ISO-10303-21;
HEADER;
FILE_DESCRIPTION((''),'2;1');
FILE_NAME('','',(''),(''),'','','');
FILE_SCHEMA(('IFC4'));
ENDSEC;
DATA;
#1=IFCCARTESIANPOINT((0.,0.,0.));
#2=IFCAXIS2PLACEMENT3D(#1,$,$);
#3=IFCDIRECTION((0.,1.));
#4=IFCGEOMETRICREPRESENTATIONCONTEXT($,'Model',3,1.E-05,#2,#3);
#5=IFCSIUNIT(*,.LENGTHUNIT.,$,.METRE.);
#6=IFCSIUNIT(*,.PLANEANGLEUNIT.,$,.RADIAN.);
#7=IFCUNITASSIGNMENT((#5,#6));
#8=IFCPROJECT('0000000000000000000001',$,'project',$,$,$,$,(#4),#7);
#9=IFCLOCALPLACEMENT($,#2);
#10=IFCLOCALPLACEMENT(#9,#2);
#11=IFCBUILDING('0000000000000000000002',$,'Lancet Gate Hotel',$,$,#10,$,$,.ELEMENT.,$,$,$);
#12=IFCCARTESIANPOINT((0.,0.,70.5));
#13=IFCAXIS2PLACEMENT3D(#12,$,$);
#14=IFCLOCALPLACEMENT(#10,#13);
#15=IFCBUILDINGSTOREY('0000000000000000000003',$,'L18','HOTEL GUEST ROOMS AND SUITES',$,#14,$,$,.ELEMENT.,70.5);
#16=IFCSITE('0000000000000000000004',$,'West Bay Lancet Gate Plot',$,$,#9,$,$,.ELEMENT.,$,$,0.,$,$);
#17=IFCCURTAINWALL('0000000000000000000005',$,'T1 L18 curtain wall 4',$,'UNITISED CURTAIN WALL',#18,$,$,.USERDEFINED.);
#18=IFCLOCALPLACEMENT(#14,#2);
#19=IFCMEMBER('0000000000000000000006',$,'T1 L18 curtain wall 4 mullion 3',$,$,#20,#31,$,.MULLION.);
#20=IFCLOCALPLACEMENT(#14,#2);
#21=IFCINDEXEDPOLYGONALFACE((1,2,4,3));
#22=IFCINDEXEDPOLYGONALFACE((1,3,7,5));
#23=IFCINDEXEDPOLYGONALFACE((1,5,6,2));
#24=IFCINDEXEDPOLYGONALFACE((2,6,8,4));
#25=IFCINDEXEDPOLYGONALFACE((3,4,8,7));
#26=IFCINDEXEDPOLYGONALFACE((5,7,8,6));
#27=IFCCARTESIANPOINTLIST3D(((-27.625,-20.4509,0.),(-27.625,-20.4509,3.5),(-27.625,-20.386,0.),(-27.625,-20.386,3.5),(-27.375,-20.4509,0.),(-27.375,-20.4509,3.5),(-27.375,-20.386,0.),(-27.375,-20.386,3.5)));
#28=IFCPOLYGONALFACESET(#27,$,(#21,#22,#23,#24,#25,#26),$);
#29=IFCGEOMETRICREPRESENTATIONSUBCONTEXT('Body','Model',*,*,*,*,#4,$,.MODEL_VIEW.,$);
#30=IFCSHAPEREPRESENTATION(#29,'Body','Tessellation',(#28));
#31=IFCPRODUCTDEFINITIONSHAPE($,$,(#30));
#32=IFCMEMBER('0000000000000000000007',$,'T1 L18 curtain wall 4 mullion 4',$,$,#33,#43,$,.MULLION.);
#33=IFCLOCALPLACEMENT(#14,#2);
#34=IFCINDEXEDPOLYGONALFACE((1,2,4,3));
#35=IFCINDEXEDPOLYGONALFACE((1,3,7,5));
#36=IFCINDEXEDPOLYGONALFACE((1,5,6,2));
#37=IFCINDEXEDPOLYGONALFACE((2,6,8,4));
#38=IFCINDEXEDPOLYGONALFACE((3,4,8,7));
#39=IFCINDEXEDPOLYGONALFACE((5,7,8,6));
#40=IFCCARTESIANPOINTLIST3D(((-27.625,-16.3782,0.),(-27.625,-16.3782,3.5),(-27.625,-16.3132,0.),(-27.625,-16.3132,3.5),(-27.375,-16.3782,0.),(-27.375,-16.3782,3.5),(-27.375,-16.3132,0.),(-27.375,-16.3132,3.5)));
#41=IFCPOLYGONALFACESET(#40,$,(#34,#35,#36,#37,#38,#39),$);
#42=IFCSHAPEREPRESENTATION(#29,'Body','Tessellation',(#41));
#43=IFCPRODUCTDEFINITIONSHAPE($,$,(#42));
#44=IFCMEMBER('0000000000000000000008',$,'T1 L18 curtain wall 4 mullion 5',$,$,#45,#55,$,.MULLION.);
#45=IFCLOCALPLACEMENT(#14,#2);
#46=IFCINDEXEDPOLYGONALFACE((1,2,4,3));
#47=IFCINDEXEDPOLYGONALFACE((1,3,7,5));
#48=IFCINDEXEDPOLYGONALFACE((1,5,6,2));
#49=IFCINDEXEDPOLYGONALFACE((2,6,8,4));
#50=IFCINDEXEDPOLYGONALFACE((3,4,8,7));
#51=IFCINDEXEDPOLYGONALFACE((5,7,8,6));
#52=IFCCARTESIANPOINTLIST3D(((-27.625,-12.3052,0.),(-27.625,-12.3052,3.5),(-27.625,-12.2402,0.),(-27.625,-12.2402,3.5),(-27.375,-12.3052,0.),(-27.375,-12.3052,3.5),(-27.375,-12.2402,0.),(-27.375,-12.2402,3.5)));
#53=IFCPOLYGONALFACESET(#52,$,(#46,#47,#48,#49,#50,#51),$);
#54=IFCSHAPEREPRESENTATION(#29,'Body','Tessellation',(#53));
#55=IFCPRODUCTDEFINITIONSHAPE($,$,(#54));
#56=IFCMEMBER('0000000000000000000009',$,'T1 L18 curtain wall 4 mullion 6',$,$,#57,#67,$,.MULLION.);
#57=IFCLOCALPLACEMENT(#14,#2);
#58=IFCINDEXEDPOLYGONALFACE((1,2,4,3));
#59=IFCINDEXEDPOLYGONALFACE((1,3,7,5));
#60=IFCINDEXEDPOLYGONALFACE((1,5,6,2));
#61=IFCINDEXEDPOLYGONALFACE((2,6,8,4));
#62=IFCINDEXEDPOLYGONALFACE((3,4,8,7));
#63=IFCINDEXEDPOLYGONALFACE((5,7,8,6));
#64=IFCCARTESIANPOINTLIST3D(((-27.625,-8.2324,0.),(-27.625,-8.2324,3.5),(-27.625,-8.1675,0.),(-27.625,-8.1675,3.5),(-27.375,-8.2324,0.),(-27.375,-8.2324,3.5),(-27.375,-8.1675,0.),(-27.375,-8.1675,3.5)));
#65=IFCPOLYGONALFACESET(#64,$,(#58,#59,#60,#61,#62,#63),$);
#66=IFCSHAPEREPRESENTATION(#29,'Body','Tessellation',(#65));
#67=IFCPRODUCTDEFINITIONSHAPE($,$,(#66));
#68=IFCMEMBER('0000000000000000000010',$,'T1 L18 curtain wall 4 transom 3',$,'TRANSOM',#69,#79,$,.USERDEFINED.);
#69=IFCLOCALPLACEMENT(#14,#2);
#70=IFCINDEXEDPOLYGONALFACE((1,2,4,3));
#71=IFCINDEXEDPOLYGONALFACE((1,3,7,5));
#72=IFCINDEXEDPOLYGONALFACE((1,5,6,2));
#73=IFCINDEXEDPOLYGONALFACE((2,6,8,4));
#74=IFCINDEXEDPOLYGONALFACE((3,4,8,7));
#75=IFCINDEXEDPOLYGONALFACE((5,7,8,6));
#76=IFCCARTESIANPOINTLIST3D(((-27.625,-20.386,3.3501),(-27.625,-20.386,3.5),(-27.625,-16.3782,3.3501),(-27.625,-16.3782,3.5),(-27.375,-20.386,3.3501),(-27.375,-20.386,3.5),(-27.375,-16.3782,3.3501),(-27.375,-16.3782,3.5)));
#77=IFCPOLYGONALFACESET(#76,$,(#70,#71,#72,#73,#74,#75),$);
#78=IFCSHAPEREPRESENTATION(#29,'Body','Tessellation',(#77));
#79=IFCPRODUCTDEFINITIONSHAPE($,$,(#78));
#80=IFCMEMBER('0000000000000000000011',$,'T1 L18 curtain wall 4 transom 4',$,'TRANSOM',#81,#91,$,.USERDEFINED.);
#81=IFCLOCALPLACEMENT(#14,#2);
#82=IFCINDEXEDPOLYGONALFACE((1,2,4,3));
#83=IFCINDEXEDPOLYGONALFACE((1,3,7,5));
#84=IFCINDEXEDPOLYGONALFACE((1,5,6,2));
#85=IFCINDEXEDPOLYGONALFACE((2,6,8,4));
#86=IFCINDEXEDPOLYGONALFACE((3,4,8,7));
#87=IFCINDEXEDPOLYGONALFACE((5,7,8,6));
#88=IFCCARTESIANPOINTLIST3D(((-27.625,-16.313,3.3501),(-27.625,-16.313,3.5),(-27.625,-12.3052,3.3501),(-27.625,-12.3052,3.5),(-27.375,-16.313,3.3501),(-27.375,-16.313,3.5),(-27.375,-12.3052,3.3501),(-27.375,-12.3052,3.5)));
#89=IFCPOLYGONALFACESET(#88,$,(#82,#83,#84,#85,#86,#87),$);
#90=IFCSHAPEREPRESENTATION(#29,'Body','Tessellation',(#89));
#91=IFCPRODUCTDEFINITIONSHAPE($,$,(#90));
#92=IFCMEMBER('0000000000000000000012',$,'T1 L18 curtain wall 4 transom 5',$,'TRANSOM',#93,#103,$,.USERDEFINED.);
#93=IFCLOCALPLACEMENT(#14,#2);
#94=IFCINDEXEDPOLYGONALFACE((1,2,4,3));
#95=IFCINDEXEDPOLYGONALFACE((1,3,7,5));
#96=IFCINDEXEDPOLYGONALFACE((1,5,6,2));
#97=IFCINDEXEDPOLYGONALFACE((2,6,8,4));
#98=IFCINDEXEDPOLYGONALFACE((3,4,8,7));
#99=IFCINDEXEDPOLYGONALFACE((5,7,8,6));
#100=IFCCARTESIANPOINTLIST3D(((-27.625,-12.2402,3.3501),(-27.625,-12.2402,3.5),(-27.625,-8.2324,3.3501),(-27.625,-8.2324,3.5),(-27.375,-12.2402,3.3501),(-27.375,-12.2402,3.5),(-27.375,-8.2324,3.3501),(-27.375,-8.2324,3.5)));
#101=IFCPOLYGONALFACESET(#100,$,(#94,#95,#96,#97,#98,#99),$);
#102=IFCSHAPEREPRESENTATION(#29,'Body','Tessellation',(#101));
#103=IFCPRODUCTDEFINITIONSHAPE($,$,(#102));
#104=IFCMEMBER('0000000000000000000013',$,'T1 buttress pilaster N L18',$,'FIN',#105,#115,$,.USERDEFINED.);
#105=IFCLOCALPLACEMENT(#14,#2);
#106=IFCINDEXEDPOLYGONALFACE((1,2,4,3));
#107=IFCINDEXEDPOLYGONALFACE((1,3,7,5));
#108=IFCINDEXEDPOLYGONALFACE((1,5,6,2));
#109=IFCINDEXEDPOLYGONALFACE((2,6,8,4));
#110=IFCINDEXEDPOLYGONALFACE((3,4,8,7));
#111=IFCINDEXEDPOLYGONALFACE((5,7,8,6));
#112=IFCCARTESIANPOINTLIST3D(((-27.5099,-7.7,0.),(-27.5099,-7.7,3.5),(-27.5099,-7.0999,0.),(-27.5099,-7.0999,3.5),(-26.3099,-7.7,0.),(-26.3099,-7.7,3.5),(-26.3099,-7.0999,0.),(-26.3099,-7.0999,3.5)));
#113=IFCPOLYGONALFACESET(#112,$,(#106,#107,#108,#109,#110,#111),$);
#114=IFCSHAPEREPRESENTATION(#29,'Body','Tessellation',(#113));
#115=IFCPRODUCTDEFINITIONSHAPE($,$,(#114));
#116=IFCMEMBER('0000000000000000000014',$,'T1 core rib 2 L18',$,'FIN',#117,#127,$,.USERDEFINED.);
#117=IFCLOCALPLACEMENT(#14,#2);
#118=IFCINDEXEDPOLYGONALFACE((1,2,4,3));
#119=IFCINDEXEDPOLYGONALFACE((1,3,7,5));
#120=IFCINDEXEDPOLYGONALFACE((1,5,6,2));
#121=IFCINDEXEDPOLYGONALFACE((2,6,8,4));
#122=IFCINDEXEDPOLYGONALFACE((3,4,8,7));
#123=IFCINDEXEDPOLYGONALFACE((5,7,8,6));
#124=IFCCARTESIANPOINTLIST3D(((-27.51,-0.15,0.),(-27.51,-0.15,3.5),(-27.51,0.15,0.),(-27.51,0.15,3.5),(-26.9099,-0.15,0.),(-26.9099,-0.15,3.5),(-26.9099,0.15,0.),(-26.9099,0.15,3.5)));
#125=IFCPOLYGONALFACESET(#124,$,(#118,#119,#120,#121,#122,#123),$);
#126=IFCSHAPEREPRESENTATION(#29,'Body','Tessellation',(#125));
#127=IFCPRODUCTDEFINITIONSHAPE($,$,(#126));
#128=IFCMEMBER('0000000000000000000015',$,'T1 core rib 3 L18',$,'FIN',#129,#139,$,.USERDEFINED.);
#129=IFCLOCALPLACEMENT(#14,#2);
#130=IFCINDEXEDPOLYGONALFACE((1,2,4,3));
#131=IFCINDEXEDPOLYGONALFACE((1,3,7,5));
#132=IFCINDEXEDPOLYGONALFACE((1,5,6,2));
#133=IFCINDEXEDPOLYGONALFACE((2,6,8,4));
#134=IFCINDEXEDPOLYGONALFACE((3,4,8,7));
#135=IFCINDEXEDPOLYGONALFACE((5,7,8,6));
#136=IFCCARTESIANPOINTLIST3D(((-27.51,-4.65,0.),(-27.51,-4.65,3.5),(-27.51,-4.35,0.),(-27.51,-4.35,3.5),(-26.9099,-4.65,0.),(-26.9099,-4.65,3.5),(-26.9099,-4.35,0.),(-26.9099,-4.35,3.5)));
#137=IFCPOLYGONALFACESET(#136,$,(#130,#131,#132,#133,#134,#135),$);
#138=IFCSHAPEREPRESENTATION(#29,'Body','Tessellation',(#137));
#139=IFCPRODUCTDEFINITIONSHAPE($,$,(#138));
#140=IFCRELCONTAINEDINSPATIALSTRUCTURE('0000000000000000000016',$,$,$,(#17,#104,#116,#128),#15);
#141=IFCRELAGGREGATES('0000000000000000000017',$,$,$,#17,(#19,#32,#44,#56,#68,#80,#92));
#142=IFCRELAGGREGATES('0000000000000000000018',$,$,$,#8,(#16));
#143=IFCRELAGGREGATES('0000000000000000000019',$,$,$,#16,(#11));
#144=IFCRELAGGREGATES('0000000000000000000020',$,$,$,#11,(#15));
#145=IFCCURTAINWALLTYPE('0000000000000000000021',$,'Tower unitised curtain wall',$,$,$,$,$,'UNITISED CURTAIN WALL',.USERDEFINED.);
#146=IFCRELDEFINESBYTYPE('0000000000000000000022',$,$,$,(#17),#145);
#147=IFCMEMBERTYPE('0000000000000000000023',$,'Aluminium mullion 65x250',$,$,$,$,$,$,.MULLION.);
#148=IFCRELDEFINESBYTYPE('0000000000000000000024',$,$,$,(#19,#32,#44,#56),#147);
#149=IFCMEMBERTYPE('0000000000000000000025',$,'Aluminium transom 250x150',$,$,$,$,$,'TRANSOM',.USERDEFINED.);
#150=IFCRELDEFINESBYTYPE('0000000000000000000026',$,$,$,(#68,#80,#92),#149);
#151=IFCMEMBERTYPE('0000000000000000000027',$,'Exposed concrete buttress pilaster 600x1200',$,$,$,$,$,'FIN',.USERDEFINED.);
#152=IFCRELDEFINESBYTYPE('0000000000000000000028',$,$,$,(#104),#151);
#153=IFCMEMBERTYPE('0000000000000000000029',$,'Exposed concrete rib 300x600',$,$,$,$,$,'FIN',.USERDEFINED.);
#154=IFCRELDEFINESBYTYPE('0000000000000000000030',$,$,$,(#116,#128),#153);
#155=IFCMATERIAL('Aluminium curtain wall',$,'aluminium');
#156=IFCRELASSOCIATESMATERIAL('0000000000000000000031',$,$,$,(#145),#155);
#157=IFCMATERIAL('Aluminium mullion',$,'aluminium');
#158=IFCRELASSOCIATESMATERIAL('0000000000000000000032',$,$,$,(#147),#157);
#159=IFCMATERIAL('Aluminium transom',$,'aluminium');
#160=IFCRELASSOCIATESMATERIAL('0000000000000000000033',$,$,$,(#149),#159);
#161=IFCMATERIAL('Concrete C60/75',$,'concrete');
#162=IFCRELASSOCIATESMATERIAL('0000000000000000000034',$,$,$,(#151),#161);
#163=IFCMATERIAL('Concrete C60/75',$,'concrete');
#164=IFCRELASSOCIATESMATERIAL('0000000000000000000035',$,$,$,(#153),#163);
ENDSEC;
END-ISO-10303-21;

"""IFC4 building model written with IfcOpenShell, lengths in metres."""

from ifc_helpers import new_model, si_unit, direction, frame, origin, origin_2d, place, context, subcontext, project, spatial, rectangle, extrude, material, material_profile, profile_set, type_object, element, aggregate, save


model = new_model("IFC4")

# Units and contexts
model_context = context("Model", 3, precision=1e-05, world=origin(), true_north=direction((0.0, 1.0)))
body_context = subcontext(model_context, "Body", "Model", "MODEL_VIEW")
ifc_project = project(units=[si_unit("LENGTHUNIT", "METRE"), si_unit("PLANEANGLEUNIT", "RADIAN")], contexts=[model_context])

# Site, building, storey
site_placement = place(None, origin())
site = spatial("IfcSite", under=ifc_project, at=site_placement, Name="West Bay Lancet Gate Plot", CompositionType="ELEMENT", RefElevation=0.0)
building_placement = place(site_placement, origin())
building = spatial("IfcBuilding", under=site, at=building_placement, Name="Lancet Gate Hotel", CompositionType="ELEMENT")
storey_placement = place(building_placement, frame((0.0, 0.0, 70.5)))
storey = spatial("IfcBuildingStorey", under=building, at=storey_placement, Name="L18", Description="HOTEL GUEST ROOMS AND SUITES", CompositionType="ELEMENT", Elevation=70.5)

# Curtain wall, members
ifc_material_1 = material(Name="Aluminium curtain wall", Category="aluminium")
curtain_wall_type = type_object("IfcCurtainWallType", Name="Tower unitised curtain wall", ElementType="UNITISED CURTAIN WALL", PredefinedType="USERDEFINED", material=ifc_material_1)
curtain_wall_placement = place(storey_placement, origin())
curtain_wall = element("IfcCurtainWall", 1, at=curtain_wall_placement, inside=storey, type_object=curtain_wall_type, Name="T1 L18 curtain wall 4", ObjectType="UNITISED CURTAIN WALL", PredefinedType="USERDEFINED")
ifc_material_2 = material(Name="Aluminium mullion", Category="aluminium")
ifc_material_profile_1 = material_profile(ifc_material_2, rectangle(XDim=0.0649, YDim=0.25, at=origin_2d()), Name="MULLION 65x250")
ifc_profile_set_1 = profile_set([ifc_material_profile_1], Name="Aluminium mullion")
member_type_1 = type_object("IfcMemberType", Name="Aluminium mullion 65x250", PredefinedType="MULLION", material=ifc_profile_set_1)
member_1_placement = place(storey_placement, frame((-27.5, -20.4185, 0.0), z_axis=(0.0, 0.0, 1.0), x_axis=(0.0, 1.0, 0.0)))
member_1 = element("IfcMember", 2, at=member_1_placement, type_object=member_type_1, Name="T1 L18 curtain wall 4 mullion 3", PredefinedType="MULLION", context=body_context, shape_type="SweptSolid", body=[
    extrude(rectangle(XDim=0.0649, YDim=0.25, at=origin_2d()), origin(), (0.0, 0.0, 1.0), 3.5),
])
member_2_placement = place(storey_placement, frame((-27.5, -16.3457, 0.0), z_axis=(0.0, 0.0, 1.0), x_axis=(0.0, 1.0, 0.0)))
member_2 = element("IfcMember", 3, at=member_2_placement, type_object=member_type_1, Name="T1 L18 curtain wall 4 mullion 4", PredefinedType="MULLION", context=body_context, shape_type="SweptSolid", body=[
    extrude(rectangle(XDim=0.0649, YDim=0.25, at=origin_2d()), origin(), (0.0, 0.0, 1.0), 3.5),
])
member_3_placement = place(storey_placement, frame((-27.5, -12.2727, 0.0), z_axis=(0.0, 0.0, 1.0), x_axis=(0.0, 1.0, 0.0)))
member_3 = element("IfcMember", 4, at=member_3_placement, type_object=member_type_1, Name="T1 L18 curtain wall 4 mullion 5", PredefinedType="MULLION", context=body_context, shape_type="SweptSolid", body=[
    extrude(rectangle(XDim=0.0649, YDim=0.25, at=origin_2d()), origin(), (0.0, 0.0, 1.0), 3.5),
])
member_4_placement = place(storey_placement, frame((-27.5, -8.2, 0.0), z_axis=(0.0, 0.0, 1.0), x_axis=(0.0, 1.0, 0.0)))
member_4 = element("IfcMember", 5, at=member_4_placement, type_object=member_type_1, Name="T1 L18 curtain wall 4 mullion 6", PredefinedType="MULLION", context=body_context, shape_type="SweptSolid", body=[
    extrude(rectangle(XDim=0.0649, YDim=0.25, at=origin_2d()), origin(), (0.0, 0.0, 1.0), 3.5),
])
ifc_material_3 = material(Name="Aluminium transom", Category="aluminium")
ifc_material_profile_2 = material_profile(ifc_material_3, rectangle(XDim=0.25, YDim=0.1499, at=origin_2d()), Name="TRANSOM 250x150")
ifc_profile_set_2 = profile_set([ifc_material_profile_2], Name="Aluminium transom")
member_type_2 = type_object("IfcMemberType", Name="Aluminium transom 250x150", ElementType="TRANSOM", PredefinedType="USERDEFINED", material=ifc_profile_set_2)
member_5_placement = place(storey_placement, frame((-27.5, -20.386, 3.425), z_axis=(0.0, 1.0, 0.0), x_axis=(-1.0, 0.0, 0.0)))
member_5 = element("IfcMember", 6, at=member_5_placement, type_object=member_type_2, Name="T1 L18 curtain wall 4 transom 3", ObjectType="TRANSOM", PredefinedType="USERDEFINED", context=body_context, shape_type="SweptSolid", body=[
    extrude(rectangle(XDim=0.25, YDim=0.1499, at=origin_2d()), origin(), (0.0, 0.0, 1.0), 4.0078),
])
member_6_placement = place(storey_placement, frame((-27.5, -16.313, 3.425), z_axis=(0.0, 1.0, 0.0), x_axis=(-1.0, 0.0, 0.0)))
member_6 = element("IfcMember", 7, at=member_6_placement, type_object=member_type_2, Name="T1 L18 curtain wall 4 transom 4", ObjectType="TRANSOM", PredefinedType="USERDEFINED", context=body_context, shape_type="SweptSolid", body=[
    extrude(rectangle(XDim=0.25, YDim=0.1499, at=origin_2d()), origin(), (0.0, 0.0, 1.0), 4.0078),
])
member_7_placement = place(storey_placement, frame((-27.5, -12.2402, 3.425), z_axis=(0.0, 1.0, 0.0), x_axis=(-1.0, 0.0, 0.0)))
member_7 = element("IfcMember", 8, at=member_7_placement, type_object=member_type_2, Name="T1 L18 curtain wall 4 transom 5", ObjectType="TRANSOM", PredefinedType="USERDEFINED", context=body_context, shape_type="SweptSolid", body=[
    extrude(rectangle(XDim=0.25, YDim=0.1499, at=origin_2d()), origin(), (0.0, 0.0, 1.0), 4.0078),
])

# Members
ifc_material_4 = material(Name="Concrete C60/75", Category="concrete")
ifc_material_profile_3 = material_profile(ifc_material_4, rectangle(XDim=0.6001, YDim=1.2, at=origin_2d()), Name="FIN 600x1200")
ifc_profile_set_3 = profile_set([ifc_material_profile_3], Name="Concrete C60/75")
member_type_3 = type_object("IfcMemberType", Name="Exposed concrete buttress pilaster 600x1200", ElementType="FIN", PredefinedType="USERDEFINED", material=ifc_profile_set_3)
member_8_placement = place(storey_placement, frame((-26.9099, -7.3999, 0.0), z_axis=(0.0, 0.0, 1.0), x_axis=(0.0, 1.0, 0.0)))
element("IfcMember", 9, at=member_8_placement, inside=storey, type_object=member_type_3, Name="T1 buttress pilaster N L18", ObjectType="FIN", PredefinedType="USERDEFINED", context=body_context, shape_type="SweptSolid", body=[
    extrude(rectangle(XDim=0.6001, YDim=1.2, at=origin_2d()), origin(), (0.0, 0.0, 1.0), 3.5),
])
ifc_material_5 = material(Name="Concrete C60/75", Category="concrete")
ifc_material_profile_4 = material_profile(ifc_material_5, rectangle(XDim=0.3, YDim=0.6001, at=origin_2d()), Name="FIN 300x600")
ifc_profile_set_4 = profile_set([ifc_material_profile_4], Name="Concrete C60/75")
member_type_4 = type_object("IfcMemberType", Name="Exposed concrete rib 300x600", ElementType="FIN", PredefinedType="USERDEFINED", material=ifc_profile_set_4)
for number, where, z_axis, x_axis, name in (
    (10, (-27.21, 0.0, 0.0), (0.0, 0.0, 1.0), (0.0, 1.0, 0.0), "T1 core rib 2 L18"),
    (11, (-27.21, -4.5, 0.0), (0.0, 0.0, 1.0), (0.0, 1.0, 0.0), "T1 core rib 3 L18"),
):
    element("IfcMember", number, at=place(storey_placement, frame(where, z_axis=z_axis, x_axis=x_axis)), inside=storey, type_object=member_type_4, Name=name, ObjectType="FIN", PredefinedType="USERDEFINED", context=body_context, shape_type="SweptSolid", body=[
        extrude(rectangle(XDim=0.3, YDim=0.6001, at=origin_2d()), origin(), (0.0, 0.0, 1.0), 3.5),
    ])

aggregate(curtain_wall, [member_1, member_2, member_3, member_4, member_5, member_6, member_7])

save(model, "model.ifc")
